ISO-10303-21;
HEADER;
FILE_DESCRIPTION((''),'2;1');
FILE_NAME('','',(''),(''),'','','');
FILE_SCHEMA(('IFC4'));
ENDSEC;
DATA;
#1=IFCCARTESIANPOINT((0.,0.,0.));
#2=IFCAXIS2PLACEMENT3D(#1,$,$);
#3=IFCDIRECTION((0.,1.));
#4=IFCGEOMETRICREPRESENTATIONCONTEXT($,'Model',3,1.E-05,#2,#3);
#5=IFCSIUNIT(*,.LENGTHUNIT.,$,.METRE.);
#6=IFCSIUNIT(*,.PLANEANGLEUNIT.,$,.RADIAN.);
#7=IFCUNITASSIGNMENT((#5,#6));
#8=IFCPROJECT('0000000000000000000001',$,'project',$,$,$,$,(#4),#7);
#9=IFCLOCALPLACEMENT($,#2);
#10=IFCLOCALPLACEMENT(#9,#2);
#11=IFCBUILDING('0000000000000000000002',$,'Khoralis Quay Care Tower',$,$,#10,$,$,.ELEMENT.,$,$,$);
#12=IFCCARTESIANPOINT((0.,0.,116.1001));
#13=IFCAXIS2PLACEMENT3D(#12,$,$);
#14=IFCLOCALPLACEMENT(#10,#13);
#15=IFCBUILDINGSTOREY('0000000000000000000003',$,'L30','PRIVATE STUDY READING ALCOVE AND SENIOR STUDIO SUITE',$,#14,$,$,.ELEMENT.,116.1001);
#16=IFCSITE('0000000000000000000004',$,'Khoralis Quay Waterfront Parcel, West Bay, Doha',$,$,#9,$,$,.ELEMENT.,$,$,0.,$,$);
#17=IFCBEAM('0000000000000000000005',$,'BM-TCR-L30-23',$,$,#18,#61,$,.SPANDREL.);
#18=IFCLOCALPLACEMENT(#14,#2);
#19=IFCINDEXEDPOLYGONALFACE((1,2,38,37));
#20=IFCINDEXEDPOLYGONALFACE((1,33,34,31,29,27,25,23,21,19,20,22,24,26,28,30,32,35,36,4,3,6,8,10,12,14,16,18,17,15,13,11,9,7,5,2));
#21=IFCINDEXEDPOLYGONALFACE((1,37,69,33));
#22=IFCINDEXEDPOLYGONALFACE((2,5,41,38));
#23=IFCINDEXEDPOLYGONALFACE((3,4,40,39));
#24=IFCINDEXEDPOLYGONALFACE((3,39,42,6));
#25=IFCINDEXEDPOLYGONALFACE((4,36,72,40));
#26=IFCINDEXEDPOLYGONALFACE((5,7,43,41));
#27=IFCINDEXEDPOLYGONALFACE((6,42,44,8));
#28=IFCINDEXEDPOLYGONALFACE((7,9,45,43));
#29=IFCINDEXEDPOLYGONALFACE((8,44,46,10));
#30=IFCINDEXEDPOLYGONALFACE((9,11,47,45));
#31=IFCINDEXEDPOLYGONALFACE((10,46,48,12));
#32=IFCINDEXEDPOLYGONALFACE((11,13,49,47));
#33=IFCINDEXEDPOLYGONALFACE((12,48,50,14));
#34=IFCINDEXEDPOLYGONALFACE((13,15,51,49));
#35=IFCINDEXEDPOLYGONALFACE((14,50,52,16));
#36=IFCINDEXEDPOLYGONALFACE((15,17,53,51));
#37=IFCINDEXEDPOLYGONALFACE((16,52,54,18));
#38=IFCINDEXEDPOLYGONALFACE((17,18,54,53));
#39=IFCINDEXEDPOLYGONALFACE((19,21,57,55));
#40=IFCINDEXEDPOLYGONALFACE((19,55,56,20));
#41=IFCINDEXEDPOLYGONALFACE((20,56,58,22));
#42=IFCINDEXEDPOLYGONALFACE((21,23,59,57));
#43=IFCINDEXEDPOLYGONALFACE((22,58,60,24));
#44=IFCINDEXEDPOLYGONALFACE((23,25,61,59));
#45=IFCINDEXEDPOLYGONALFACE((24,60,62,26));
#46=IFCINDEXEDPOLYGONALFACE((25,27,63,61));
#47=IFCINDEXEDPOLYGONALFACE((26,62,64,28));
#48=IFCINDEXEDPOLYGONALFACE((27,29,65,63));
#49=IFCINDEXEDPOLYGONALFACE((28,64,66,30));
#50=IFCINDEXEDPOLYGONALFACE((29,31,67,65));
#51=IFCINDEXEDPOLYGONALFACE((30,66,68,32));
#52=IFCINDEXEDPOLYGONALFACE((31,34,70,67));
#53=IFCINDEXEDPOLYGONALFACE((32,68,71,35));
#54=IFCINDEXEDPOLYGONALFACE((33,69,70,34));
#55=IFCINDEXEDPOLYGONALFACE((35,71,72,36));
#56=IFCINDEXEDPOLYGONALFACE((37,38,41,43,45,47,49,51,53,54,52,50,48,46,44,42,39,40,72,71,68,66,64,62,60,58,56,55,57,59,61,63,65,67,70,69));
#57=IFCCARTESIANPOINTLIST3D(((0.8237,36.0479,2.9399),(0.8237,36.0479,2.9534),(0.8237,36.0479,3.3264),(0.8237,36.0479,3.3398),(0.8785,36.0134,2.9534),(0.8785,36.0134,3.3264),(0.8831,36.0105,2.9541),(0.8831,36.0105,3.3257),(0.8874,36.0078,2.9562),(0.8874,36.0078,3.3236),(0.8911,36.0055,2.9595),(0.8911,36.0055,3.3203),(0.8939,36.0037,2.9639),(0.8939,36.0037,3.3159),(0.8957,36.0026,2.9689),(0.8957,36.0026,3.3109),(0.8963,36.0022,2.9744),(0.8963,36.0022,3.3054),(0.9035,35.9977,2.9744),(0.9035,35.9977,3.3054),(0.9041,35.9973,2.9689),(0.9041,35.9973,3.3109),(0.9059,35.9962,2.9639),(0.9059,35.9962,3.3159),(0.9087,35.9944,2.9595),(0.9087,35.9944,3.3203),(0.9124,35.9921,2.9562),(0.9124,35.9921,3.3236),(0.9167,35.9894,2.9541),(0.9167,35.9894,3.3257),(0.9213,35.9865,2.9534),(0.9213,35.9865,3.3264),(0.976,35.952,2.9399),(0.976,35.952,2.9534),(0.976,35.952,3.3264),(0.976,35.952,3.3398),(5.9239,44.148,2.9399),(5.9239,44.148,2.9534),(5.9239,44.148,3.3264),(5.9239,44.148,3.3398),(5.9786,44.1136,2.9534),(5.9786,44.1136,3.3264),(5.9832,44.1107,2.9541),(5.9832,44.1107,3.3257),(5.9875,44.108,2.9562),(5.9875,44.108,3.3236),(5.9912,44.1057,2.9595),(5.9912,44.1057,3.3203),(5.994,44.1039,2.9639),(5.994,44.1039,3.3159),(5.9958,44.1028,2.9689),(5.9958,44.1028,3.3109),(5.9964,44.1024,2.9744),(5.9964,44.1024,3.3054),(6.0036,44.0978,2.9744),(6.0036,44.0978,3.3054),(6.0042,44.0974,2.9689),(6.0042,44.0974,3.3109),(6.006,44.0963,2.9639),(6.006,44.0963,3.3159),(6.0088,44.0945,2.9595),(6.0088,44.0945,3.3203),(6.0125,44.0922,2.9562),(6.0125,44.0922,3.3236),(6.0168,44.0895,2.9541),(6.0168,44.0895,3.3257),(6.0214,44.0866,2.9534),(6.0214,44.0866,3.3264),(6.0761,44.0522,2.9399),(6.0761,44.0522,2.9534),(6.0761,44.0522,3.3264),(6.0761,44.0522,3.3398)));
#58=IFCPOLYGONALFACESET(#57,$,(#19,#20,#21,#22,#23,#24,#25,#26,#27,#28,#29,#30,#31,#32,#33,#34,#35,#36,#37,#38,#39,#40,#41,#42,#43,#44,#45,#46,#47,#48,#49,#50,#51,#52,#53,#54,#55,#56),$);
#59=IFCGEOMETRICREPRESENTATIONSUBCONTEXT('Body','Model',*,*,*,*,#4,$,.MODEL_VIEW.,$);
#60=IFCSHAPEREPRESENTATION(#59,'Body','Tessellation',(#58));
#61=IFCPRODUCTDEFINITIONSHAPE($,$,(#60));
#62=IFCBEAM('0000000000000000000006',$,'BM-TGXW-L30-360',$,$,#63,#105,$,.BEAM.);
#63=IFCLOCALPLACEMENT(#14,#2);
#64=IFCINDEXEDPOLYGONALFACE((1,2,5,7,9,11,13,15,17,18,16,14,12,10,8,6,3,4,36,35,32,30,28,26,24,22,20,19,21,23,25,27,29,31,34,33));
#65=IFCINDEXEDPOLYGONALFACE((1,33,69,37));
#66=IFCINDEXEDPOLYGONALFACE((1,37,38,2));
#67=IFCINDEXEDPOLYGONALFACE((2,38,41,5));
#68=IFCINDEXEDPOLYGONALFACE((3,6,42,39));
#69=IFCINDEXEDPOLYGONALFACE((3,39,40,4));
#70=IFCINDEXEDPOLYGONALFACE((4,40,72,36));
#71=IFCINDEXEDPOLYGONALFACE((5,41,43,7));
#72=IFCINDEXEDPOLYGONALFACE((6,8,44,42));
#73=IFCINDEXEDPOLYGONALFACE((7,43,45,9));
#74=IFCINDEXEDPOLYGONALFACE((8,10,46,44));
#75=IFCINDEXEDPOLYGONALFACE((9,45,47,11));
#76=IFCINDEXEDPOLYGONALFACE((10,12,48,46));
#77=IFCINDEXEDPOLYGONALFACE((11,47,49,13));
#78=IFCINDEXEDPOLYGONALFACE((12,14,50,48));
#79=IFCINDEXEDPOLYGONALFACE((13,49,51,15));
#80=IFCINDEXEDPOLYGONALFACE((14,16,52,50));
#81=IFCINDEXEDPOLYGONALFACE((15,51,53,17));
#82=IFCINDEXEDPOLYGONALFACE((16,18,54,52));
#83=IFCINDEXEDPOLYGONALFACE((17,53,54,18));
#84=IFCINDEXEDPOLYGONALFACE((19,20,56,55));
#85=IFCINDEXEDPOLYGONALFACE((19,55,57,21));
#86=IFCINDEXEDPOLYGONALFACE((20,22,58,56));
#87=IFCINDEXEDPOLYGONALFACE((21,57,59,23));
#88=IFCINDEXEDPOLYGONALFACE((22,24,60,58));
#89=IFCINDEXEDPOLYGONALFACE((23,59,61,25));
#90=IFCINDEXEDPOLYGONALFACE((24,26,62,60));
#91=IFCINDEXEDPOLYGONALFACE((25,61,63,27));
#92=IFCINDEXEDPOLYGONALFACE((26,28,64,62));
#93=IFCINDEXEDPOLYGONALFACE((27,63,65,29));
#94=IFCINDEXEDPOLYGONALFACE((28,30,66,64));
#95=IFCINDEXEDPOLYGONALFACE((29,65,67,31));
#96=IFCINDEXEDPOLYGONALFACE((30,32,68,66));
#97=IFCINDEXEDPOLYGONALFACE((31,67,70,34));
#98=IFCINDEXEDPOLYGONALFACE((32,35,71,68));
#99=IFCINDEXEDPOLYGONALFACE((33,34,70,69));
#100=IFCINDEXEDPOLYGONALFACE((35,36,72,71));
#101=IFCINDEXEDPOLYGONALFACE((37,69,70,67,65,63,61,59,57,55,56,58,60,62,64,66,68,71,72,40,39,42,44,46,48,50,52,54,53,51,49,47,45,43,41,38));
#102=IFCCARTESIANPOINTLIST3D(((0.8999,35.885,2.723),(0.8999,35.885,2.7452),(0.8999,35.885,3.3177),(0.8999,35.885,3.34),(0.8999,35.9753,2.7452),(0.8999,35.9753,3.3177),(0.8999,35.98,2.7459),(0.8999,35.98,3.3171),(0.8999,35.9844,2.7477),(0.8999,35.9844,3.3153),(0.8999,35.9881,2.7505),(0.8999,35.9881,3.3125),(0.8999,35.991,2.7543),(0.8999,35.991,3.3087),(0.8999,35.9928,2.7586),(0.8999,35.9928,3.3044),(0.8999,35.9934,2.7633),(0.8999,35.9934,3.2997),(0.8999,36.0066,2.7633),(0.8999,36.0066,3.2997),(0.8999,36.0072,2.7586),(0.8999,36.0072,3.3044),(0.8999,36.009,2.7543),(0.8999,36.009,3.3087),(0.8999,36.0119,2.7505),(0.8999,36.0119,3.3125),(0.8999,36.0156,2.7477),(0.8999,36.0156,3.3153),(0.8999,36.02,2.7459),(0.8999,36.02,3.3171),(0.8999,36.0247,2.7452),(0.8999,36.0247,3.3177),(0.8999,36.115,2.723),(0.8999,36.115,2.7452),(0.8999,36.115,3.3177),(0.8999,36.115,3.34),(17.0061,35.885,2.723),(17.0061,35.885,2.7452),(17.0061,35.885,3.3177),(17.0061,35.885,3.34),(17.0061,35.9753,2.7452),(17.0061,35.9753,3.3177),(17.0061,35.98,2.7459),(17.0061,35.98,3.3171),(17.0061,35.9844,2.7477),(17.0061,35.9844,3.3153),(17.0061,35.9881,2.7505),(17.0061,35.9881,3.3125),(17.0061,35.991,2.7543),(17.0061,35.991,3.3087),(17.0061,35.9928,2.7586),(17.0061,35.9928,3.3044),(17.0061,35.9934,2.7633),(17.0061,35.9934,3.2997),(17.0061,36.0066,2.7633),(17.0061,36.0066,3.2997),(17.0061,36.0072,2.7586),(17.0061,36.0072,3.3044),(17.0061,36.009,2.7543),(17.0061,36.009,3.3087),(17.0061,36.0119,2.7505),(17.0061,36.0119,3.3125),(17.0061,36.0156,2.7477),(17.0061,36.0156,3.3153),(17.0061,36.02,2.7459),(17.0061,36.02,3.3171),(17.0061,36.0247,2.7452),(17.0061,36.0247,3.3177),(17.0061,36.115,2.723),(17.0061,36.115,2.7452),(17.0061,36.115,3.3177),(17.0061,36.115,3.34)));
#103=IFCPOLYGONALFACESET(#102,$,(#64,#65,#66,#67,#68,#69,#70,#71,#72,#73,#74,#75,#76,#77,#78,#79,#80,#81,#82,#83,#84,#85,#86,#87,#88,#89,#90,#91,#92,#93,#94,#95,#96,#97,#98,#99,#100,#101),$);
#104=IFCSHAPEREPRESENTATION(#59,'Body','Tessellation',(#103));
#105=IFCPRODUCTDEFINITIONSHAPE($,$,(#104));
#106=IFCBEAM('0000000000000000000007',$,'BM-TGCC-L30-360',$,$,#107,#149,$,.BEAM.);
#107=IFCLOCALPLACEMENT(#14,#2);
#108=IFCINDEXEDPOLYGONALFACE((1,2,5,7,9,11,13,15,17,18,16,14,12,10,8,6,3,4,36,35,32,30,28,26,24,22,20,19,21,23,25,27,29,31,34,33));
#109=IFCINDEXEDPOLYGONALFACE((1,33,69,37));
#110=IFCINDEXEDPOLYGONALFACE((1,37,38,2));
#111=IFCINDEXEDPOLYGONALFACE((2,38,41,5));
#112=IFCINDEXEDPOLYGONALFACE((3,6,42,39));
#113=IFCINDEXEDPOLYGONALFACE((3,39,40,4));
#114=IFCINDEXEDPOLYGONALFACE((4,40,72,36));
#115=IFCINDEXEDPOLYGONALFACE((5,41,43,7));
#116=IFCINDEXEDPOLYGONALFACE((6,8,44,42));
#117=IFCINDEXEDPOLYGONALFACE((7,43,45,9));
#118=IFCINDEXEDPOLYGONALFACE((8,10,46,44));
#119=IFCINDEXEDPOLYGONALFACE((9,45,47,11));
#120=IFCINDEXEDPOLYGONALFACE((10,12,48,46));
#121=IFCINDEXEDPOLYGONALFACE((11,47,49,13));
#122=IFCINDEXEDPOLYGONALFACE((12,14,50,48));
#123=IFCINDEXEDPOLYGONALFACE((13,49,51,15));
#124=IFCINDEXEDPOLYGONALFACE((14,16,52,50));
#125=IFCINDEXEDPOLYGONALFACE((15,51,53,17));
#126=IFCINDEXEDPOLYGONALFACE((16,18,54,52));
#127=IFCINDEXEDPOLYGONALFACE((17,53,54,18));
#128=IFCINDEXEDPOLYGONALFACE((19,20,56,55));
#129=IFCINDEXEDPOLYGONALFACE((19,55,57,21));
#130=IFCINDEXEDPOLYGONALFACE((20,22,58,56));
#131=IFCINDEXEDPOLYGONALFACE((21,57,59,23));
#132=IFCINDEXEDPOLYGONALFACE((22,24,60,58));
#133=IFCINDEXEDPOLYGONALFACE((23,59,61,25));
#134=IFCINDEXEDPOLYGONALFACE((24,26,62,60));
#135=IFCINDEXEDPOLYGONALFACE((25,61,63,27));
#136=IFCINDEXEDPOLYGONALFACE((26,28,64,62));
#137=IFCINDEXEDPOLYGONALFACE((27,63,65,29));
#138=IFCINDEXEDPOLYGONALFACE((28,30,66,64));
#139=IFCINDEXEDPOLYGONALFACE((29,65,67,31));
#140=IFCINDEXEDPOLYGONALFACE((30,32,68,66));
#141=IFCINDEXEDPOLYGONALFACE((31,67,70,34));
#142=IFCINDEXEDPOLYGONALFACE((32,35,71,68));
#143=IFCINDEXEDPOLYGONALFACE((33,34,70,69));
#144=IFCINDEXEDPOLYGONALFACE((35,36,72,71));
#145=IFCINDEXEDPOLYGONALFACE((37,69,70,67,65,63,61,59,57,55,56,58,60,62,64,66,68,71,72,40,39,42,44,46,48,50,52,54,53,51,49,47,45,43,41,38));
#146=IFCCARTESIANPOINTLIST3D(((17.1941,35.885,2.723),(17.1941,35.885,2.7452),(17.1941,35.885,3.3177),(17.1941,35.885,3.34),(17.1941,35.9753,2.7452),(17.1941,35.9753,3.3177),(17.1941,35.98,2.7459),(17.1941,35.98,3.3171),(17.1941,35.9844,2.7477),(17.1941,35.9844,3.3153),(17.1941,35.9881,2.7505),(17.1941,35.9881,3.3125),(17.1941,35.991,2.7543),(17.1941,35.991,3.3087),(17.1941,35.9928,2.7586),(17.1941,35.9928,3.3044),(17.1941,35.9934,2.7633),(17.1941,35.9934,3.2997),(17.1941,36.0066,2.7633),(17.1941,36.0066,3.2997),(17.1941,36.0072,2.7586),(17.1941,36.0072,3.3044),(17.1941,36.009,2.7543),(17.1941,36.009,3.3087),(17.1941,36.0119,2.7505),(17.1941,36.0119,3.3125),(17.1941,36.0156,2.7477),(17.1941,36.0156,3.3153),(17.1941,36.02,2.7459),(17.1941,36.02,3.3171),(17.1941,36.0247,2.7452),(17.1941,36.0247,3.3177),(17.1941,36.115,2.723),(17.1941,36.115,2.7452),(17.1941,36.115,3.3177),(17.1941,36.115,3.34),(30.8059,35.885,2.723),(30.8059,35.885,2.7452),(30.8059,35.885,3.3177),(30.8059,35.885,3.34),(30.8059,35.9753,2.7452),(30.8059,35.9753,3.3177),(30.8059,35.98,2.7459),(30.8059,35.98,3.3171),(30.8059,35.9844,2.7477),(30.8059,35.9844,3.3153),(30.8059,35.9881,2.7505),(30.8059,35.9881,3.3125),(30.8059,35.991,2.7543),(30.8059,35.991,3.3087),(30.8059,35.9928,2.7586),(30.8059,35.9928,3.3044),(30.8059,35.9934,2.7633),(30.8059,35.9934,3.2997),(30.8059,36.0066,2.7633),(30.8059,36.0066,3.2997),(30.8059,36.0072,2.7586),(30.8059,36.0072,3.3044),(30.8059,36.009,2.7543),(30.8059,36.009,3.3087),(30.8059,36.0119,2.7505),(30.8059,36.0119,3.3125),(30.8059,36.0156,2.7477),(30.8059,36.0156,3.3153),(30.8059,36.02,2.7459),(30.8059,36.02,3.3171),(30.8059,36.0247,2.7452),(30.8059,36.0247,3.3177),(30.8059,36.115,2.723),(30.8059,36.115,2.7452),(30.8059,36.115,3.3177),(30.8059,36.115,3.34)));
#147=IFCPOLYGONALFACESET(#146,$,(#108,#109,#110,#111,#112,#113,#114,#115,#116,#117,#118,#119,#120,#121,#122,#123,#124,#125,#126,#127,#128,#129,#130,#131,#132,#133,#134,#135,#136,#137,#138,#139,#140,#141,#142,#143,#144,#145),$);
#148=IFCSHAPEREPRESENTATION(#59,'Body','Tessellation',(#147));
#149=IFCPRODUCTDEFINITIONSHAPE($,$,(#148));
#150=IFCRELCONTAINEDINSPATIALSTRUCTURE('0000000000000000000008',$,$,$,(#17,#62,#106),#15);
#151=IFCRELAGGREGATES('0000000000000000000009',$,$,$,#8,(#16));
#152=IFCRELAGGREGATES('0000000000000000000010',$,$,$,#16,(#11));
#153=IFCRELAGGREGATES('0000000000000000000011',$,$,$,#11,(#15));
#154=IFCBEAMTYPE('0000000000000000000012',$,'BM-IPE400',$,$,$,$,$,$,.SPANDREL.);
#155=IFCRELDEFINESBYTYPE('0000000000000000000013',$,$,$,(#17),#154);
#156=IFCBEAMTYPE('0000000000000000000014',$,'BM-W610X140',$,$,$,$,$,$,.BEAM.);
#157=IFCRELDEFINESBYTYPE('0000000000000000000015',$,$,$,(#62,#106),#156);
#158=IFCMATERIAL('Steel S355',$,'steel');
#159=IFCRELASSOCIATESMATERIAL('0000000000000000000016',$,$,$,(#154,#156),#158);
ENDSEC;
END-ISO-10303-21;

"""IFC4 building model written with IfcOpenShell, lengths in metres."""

from ifc_helpers import new_model, si_unit, direction, frame, origin, origin_2d, place, context, subcontext, project, spatial, i_section, extrude, source, transform, mapped, material, material_profile, profile_set, type_object, element, save


model = new_model("IFC4")

# Units and contexts
model_context = context("Model", 3, precision=1e-05, world=origin(), true_north=direction((0.0, 1.0)))
body_context = subcontext(model_context, "Body", "Model", "MODEL_VIEW")
ifc_project = project(units=[si_unit("LENGTHUNIT", "METRE"), si_unit("PLANEANGLEUNIT", "RADIAN")], contexts=[model_context])

# Site, building, storey
site_placement = place(None, origin())
site = spatial("IfcSite", under=ifc_project, at=site_placement, Name="Khoralis Quay Waterfront Parcel, West Bay, Doha", CompositionType="ELEMENT", RefElevation=0.0)
building_placement = place(site_placement, origin())
building = spatial("IfcBuilding", under=site, at=building_placement, Name="Khoralis Quay Care Tower", CompositionType="ELEMENT")
storey_placement = place(building_placement, frame((0.0, 0.0, 116.1001)))
storey = spatial("IfcBuildingStorey", under=building, at=storey_placement, Name="L30", Description="PRIVATE STUDY READING ALCOVE AND SENIOR STUDIO SUITE", CompositionType="ELEMENT", Elevation=116.1001)

# Beams
ifc_material_1 = material(Name="Steel S355", Category="steel")
ifc_material_profile_1 = material_profile(ifc_material_1, i_section(OverallWidth=0.1799, OverallDepth=0.3999, WebThickness=0.0085, FlangeThickness=0.0134, FilletRadius=0.021, at=origin_2d()), Name="Steel S355")
ifc_profile_set_1 = profile_set([ifc_material_profile_1], Name="Steel S355")
beam_type_1 = type_object("IfcBeamType", Name="BM-IPE400", PredefinedType="SPANDREL", material=ifc_profile_set_1)
shared_shape_1 = source(origin(), body_context, "Body", "SweptSolid", [
    extrude(i_section(OverallWidth=0.1799, OverallDepth=0.3999, WebThickness=0.0085, FlangeThickness=0.0134, FilletRadius=0.021, at=origin_2d()), origin(), (0.0, 0.0, 1.0), 9.572),
])
beam_1_placement = place(storey_placement, frame((6.0, 44.1001, 3.1399), z_axis=(-0.532816, -0.846231, 0.0), x_axis=(0.846231, -0.532816, 0.0)))
element("IfcBeam", 1, at=beam_1_placement, inside=storey, type_object=beam_type_1, Name="BM-TCR-L30-23", PredefinedType="SPANDREL", context=body_context, shape_type="MappedRepresentation", body=[
    mapped(shared_shape_1, transform((0.0, 0.0, 0.0), scale=1.0)),
])
ifc_material_profile_2 = material_profile(ifc_material_1, i_section(OverallWidth=0.23, OverallDepth=0.6169, WebThickness=0.0132, FlangeThickness=0.0222, FilletRadius=0.0181, at=origin_2d()), Name="Steel S355")
ifc_profile_set_2 = profile_set([ifc_material_profile_2], Name="Steel S355")
beam_type_2 = type_object("IfcBeamType", Name="BM-W610X140", PredefinedType="BEAM", material=ifc_profile_set_2)
shared_shape_2 = source(origin(), body_context, "Body", "SweptSolid", [
    extrude(i_section(OverallWidth=0.23, OverallDepth=0.6169, WebThickness=0.0132, FlangeThickness=0.0222, FilletRadius=0.0181, at=origin_2d()), origin(), (0.0, 0.0, 1.0), 16.1062),
])
beam_2_placement = place(storey_placement, frame((0.8999, 36.0, 3.0315), z_axis=(1.0, 0.0, 0.0), x_axis=(0.0, 1.0, 0.0)))
element("IfcBeam", 2, at=beam_2_placement, inside=storey, type_object=beam_type_2, Name="BM-TGXW-L30-360", PredefinedType="BEAM", context=body_context, shape_type="MappedRepresentation", body=[
    mapped(shared_shape_2, transform((0.0, 0.0, 0.0), scale=1.0)),
])
shared_shape_3 = source(origin(), body_context, "Body", "SweptSolid", [
    extrude(i_section(OverallWidth=0.23, OverallDepth=0.6169, WebThickness=0.0132, FlangeThickness=0.0222, FilletRadius=0.0181, at=origin_2d()), origin(), (0.0, 0.0, 1.0), 13.6118),
])
beam_3_placement = place(storey_placement, frame((17.1941, 36.0, 3.0315), z_axis=(1.0, 0.0, 0.0), x_axis=(0.0, 1.0, 0.0)))
element("IfcBeam", 3, at=beam_3_placement, inside=storey, type_object=beam_type_2, Name="BM-TGCC-L30-360", PredefinedType="BEAM", context=body_context, shape_type="MappedRepresentation", body=[
    mapped(shared_shape_3, transform((0.0, 0.0, 0.0), scale=1.0)),
])

save(model, "model.ifc")
